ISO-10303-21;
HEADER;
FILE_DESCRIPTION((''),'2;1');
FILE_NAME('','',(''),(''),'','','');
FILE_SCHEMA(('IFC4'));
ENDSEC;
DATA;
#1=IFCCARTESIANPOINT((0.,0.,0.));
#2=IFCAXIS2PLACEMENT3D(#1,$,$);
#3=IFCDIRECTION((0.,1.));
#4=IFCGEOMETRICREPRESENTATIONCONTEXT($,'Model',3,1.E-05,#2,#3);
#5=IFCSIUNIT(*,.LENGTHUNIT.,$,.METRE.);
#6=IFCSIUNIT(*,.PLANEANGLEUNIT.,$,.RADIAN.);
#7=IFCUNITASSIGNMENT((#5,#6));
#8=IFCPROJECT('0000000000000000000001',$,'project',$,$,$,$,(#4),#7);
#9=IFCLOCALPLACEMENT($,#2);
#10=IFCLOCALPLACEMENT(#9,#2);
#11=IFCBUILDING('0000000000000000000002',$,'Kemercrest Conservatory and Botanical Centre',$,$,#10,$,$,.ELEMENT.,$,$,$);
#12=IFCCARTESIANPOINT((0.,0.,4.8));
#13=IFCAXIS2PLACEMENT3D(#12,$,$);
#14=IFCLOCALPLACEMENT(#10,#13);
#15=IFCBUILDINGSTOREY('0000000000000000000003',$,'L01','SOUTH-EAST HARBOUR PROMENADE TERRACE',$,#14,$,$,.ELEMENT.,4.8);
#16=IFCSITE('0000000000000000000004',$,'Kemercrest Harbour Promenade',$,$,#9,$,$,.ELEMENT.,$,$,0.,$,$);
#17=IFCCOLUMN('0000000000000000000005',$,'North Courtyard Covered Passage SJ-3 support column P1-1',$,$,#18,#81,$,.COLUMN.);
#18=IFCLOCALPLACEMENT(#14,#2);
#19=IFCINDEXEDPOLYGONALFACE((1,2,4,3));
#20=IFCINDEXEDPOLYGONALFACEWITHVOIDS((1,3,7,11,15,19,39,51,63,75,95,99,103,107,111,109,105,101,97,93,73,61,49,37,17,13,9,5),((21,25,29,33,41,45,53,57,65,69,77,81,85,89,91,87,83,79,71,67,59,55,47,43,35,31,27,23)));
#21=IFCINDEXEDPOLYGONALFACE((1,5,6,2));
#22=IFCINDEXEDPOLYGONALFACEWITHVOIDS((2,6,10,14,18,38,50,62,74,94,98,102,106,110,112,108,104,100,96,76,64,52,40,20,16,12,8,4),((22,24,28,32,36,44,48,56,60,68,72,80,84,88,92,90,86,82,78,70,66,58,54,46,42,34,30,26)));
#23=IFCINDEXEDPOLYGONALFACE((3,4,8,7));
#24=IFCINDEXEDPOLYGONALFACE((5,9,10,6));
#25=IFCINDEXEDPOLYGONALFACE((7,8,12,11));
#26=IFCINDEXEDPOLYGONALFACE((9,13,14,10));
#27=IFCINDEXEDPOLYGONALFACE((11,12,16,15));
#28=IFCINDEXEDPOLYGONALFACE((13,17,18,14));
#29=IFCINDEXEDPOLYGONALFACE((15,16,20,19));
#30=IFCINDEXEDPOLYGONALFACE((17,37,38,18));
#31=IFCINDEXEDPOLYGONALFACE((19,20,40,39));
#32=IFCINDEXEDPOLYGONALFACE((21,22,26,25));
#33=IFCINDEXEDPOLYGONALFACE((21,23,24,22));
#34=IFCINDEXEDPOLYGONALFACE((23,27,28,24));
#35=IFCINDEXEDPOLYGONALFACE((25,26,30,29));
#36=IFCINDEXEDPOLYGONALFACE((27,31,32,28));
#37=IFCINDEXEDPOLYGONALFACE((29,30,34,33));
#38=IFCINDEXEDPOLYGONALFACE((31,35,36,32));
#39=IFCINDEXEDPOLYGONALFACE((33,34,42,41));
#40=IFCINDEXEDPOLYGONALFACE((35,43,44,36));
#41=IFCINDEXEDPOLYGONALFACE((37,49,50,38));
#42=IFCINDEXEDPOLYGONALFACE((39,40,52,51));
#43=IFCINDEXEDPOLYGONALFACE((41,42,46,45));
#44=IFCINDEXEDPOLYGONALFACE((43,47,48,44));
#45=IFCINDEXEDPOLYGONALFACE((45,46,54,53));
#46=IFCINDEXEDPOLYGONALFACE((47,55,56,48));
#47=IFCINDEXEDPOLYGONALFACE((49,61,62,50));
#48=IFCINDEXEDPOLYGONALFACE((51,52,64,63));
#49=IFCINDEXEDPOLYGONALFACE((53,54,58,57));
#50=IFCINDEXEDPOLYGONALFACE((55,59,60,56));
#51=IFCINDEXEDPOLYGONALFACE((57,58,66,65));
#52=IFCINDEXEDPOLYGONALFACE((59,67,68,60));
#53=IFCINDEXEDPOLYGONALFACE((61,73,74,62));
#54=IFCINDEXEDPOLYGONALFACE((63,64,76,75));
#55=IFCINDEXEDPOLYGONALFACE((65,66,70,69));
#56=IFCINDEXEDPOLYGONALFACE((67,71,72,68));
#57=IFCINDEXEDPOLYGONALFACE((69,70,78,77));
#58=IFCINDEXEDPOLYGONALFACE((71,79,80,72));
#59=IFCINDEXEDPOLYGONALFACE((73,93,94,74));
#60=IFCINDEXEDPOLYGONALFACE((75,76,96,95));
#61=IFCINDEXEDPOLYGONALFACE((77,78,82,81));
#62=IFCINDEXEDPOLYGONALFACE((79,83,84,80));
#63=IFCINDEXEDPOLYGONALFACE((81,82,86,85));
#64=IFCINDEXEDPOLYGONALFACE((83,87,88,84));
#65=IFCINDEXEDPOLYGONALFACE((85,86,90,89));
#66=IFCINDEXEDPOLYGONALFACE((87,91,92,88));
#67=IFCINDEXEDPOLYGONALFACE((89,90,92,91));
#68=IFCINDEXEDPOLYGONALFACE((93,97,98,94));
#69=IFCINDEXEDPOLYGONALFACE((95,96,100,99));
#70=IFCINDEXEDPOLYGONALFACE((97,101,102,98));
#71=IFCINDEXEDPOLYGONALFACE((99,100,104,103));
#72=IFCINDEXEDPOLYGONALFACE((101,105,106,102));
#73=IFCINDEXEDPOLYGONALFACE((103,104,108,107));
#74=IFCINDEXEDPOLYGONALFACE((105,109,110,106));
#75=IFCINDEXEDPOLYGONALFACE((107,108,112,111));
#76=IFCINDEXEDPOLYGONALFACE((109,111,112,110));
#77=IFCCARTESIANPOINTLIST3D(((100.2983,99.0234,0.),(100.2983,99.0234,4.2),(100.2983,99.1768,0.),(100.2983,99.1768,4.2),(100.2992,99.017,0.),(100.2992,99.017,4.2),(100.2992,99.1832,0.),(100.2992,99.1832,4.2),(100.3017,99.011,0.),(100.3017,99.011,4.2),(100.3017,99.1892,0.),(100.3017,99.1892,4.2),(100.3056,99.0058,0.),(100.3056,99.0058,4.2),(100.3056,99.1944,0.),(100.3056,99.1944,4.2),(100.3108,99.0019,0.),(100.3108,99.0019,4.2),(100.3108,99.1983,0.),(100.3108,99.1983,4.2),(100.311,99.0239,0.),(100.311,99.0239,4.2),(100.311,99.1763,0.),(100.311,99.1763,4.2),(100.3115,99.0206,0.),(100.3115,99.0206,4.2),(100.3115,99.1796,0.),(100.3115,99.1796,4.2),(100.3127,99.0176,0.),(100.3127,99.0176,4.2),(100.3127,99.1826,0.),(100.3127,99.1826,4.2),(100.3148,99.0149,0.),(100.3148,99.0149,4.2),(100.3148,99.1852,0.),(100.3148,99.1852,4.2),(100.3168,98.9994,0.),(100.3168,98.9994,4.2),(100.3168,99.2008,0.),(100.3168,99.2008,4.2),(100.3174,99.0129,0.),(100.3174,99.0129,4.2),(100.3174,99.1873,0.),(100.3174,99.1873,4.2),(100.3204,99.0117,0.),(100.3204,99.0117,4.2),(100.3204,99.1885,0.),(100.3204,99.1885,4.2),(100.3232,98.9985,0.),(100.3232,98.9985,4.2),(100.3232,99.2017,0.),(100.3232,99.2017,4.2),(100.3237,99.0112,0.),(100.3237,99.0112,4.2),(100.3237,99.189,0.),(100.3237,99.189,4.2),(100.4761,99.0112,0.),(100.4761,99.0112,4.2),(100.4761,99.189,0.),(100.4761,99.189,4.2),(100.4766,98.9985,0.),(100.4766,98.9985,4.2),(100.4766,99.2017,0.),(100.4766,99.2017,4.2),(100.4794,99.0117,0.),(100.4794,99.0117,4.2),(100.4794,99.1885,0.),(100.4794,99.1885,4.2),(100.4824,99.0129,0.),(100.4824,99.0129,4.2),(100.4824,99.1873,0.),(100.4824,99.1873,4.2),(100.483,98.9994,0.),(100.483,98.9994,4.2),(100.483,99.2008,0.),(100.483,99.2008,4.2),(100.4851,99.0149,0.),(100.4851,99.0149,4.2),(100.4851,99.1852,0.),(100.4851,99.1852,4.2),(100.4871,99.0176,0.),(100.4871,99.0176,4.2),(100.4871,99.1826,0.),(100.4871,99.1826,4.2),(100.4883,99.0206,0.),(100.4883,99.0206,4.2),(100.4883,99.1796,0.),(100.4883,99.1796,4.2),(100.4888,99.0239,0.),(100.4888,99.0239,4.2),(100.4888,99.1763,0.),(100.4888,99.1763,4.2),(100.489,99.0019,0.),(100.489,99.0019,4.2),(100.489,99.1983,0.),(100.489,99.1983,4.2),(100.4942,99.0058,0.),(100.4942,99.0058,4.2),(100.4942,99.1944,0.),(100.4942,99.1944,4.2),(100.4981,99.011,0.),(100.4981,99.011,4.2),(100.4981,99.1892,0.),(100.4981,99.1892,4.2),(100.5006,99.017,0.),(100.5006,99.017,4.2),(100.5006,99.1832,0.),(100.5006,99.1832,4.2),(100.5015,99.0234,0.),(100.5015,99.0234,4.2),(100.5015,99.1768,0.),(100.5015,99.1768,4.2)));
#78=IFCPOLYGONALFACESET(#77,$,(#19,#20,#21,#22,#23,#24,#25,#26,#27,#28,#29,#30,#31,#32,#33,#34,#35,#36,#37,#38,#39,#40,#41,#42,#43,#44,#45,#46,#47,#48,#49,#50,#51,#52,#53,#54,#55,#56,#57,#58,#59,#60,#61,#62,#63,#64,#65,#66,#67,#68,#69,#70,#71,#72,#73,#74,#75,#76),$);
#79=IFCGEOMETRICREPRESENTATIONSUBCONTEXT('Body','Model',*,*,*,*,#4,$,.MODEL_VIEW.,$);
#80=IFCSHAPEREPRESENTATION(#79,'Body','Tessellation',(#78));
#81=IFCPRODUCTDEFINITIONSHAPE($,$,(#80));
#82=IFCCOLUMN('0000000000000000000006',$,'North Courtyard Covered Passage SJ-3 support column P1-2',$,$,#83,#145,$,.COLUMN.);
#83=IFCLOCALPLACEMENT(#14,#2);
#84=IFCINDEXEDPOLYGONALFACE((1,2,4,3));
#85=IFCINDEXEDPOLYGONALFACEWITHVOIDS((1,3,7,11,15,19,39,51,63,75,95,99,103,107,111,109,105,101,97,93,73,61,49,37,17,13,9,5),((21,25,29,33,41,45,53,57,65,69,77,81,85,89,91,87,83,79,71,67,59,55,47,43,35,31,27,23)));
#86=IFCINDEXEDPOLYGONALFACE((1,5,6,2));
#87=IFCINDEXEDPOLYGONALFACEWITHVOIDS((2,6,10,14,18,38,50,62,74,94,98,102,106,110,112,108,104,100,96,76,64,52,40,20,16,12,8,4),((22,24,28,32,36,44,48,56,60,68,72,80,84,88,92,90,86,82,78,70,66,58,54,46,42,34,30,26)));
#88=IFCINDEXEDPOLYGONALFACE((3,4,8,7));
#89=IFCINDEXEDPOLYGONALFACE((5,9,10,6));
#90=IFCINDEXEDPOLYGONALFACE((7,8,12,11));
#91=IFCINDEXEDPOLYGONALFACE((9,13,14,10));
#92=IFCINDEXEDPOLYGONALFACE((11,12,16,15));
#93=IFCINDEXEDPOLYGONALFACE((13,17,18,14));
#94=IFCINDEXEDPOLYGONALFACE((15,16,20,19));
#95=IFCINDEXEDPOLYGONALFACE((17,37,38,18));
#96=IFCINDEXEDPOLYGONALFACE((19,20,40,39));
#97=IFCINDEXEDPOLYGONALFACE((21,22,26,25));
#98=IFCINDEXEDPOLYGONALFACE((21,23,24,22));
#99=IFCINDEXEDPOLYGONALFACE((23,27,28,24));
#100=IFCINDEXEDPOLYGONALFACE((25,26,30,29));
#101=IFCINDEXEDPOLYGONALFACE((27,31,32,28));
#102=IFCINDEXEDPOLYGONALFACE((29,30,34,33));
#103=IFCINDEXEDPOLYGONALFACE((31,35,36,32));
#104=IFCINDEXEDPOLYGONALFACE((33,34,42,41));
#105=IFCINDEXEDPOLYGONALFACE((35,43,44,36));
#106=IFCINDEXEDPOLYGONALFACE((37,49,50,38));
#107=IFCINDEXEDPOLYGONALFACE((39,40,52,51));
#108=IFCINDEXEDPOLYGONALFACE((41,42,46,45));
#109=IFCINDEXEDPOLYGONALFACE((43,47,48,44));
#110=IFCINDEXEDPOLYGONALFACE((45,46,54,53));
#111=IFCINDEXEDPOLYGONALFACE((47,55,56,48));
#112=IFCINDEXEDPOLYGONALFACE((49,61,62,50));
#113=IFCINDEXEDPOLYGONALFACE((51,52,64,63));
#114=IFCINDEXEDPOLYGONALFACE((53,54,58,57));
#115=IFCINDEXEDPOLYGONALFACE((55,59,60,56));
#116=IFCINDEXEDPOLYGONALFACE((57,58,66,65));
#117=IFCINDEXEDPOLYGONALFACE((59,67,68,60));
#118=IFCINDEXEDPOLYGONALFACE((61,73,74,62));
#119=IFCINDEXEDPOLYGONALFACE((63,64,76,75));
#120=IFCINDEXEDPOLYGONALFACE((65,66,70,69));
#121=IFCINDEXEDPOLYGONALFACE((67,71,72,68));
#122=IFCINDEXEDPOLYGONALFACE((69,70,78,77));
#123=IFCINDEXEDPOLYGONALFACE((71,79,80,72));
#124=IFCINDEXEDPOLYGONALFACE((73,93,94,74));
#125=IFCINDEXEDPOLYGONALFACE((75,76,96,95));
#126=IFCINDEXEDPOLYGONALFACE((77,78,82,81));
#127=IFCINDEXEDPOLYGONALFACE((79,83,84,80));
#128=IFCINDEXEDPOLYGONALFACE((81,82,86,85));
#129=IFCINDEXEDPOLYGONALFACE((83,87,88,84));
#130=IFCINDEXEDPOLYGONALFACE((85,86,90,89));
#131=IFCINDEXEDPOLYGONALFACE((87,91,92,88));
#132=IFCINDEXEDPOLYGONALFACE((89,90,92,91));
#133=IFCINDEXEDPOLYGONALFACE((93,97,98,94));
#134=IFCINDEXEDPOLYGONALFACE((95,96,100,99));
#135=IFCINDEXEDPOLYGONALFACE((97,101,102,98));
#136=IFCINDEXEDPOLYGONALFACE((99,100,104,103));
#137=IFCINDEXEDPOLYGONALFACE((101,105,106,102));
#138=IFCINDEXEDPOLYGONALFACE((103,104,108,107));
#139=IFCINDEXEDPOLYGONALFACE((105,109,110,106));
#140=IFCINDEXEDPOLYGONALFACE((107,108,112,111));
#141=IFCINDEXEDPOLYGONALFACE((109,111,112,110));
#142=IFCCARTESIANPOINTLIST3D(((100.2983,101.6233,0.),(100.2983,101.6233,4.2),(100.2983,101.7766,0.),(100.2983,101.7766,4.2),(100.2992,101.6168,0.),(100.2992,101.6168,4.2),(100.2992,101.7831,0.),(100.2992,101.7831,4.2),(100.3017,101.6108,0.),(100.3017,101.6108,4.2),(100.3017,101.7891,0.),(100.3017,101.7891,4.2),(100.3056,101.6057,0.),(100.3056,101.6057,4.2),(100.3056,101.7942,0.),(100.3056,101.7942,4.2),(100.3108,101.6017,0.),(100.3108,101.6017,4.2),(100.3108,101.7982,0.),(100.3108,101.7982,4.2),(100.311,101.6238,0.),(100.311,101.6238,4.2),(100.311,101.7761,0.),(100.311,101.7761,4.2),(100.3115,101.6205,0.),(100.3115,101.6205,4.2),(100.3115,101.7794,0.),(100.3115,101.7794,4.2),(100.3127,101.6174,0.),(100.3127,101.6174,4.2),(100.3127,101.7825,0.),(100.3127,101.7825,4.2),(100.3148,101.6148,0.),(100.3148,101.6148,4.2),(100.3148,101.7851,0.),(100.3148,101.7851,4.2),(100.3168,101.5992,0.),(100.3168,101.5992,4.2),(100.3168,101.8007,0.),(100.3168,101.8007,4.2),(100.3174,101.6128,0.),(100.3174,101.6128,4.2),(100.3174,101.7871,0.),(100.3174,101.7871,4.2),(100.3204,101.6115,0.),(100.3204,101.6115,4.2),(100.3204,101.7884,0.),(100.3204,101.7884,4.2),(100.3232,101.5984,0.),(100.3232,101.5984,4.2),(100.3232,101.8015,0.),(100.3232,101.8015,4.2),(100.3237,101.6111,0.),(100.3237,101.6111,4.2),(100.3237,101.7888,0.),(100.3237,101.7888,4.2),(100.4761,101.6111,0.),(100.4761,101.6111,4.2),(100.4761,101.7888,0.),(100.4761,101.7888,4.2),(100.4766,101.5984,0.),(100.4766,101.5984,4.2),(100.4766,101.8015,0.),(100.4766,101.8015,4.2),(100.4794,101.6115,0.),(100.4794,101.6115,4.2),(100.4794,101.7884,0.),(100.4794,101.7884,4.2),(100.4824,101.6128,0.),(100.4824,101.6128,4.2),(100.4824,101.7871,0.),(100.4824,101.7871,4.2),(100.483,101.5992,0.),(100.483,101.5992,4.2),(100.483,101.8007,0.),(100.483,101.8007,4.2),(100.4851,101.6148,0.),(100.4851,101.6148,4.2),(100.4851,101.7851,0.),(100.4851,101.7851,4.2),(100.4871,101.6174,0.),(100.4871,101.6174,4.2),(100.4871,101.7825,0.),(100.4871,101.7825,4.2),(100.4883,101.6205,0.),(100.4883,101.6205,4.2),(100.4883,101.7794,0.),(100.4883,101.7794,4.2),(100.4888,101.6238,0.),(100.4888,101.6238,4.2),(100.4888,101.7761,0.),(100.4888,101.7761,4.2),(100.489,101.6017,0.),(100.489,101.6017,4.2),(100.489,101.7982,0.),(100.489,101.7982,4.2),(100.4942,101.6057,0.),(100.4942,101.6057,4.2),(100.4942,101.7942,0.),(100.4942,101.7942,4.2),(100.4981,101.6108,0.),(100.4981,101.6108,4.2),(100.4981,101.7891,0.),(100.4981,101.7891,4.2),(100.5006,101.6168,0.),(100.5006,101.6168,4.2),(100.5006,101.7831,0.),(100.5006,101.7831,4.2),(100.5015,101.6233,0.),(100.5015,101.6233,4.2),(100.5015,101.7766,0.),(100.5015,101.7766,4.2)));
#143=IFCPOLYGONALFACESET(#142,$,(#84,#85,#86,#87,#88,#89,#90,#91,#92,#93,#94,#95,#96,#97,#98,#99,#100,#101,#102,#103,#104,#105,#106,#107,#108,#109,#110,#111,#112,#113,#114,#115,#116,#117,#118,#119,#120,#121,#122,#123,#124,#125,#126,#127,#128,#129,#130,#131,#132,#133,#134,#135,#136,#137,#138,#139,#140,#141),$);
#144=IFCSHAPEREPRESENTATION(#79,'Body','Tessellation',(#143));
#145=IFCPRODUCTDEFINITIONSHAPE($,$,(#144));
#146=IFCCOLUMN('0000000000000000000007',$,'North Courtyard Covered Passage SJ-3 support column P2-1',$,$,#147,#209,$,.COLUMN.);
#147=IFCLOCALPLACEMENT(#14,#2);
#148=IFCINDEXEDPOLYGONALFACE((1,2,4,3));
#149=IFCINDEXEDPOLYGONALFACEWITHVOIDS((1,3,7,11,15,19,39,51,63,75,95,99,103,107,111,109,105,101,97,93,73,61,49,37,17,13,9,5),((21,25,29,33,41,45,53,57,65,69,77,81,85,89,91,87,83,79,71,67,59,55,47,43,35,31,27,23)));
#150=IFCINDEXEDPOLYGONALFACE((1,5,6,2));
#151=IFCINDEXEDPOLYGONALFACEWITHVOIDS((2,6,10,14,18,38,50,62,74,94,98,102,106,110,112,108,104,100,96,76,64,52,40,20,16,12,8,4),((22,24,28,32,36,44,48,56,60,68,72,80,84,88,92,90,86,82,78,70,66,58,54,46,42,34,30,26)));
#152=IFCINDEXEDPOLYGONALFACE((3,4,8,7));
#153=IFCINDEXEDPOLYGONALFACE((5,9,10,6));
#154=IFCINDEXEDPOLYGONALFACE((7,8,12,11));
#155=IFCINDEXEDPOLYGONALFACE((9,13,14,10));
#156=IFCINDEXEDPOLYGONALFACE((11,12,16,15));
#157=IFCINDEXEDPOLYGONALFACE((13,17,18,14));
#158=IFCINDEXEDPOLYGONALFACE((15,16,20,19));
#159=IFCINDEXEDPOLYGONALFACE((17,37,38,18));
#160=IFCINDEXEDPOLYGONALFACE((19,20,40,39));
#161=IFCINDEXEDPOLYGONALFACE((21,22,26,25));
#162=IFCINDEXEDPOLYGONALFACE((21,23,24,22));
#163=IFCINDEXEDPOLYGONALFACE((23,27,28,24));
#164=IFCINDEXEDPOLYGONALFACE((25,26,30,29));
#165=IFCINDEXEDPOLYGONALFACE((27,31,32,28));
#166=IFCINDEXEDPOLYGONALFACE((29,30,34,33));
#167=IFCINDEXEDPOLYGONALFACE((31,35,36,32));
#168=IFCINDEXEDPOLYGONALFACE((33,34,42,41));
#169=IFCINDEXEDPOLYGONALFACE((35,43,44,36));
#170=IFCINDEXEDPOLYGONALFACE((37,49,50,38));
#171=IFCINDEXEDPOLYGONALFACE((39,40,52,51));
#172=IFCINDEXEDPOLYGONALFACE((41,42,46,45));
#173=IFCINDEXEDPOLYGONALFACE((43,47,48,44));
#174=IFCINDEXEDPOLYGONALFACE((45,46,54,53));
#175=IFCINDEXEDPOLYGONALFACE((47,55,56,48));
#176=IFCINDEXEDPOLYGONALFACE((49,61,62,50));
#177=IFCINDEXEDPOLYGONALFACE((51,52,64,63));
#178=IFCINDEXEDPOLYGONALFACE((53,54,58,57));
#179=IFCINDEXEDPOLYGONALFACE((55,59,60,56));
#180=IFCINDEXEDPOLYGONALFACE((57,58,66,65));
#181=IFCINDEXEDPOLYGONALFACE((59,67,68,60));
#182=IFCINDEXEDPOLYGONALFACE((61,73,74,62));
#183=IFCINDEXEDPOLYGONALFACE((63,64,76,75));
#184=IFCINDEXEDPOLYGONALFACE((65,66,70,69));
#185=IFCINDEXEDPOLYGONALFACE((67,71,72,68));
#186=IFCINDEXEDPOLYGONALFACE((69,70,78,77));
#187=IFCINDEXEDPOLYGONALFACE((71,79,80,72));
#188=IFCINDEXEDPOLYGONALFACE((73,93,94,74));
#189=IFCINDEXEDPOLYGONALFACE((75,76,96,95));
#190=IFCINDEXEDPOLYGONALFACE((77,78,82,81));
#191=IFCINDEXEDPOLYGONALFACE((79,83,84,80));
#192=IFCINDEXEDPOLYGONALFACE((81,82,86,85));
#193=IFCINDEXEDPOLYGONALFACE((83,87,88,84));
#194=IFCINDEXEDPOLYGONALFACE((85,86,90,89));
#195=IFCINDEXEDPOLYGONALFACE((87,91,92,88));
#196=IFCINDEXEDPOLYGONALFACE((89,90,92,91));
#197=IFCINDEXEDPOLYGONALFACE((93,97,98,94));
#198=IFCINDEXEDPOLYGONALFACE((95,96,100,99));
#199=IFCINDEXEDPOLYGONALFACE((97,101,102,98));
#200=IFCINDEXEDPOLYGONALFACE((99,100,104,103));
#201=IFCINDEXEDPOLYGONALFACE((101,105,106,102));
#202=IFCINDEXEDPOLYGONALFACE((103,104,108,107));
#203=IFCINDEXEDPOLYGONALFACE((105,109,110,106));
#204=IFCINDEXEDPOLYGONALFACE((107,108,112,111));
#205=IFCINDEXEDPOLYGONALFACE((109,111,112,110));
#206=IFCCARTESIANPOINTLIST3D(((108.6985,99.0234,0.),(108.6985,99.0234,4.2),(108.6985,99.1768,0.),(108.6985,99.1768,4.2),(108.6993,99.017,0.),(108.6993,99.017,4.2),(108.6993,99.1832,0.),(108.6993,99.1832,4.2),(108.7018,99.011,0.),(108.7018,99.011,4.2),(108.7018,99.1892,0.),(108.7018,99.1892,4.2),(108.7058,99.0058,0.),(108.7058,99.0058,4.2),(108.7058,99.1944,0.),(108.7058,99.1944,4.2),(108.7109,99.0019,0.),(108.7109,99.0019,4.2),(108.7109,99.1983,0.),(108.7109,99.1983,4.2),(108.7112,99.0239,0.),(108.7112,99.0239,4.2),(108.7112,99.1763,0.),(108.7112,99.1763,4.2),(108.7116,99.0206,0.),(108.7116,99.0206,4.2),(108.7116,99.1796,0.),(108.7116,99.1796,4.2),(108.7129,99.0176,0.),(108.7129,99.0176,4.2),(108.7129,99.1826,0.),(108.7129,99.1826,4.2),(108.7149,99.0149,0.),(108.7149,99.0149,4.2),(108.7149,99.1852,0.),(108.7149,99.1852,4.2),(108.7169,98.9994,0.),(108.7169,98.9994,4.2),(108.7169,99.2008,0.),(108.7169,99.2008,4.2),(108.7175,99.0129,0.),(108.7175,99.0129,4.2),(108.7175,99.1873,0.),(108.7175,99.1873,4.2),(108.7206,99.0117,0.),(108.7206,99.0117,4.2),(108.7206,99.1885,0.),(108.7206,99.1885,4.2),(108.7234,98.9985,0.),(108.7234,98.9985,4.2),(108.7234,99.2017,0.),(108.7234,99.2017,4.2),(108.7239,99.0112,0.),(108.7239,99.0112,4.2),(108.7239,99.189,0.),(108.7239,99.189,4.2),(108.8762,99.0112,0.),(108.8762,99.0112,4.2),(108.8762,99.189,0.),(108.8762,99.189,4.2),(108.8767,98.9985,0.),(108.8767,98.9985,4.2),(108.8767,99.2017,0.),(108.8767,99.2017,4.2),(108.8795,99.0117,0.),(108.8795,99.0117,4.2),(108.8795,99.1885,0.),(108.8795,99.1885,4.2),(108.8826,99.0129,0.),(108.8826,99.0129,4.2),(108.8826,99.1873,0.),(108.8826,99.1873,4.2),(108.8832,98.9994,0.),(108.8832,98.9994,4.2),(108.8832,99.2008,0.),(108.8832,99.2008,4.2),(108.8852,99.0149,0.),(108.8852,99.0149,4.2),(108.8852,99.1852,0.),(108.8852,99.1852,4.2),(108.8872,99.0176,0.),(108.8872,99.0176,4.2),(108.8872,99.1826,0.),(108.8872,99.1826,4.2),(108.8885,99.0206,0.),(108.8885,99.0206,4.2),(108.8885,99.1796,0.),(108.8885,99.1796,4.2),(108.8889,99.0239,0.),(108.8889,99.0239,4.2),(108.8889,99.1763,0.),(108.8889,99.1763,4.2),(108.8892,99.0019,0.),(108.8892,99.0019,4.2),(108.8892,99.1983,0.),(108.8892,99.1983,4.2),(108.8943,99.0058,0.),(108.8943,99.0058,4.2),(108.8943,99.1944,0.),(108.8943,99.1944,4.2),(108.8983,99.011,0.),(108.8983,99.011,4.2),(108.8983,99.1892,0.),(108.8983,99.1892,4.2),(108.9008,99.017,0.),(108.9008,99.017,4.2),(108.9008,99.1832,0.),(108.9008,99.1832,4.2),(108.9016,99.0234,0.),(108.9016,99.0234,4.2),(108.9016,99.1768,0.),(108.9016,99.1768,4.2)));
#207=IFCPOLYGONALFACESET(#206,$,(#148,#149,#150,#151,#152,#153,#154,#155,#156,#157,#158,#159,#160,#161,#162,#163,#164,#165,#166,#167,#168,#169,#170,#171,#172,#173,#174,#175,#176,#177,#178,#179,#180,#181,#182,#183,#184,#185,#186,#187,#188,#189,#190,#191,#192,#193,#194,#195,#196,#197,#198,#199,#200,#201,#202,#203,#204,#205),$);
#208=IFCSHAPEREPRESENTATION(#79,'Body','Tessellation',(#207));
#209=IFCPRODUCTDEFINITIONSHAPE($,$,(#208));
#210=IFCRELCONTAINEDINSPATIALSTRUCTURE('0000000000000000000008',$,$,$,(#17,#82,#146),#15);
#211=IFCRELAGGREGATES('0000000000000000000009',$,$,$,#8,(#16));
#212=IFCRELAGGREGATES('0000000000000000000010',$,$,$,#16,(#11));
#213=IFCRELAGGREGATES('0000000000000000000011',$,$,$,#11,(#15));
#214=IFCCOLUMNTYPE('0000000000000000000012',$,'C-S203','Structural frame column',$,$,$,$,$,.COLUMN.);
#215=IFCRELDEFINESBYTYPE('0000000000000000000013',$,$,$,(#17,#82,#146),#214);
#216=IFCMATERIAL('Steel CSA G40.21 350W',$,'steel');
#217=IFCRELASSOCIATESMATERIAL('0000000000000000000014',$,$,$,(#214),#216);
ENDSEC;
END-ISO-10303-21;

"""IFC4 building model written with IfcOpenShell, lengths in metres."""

from ifc_helpers import new_model, si_unit, direction, frame, origin, origin_2d, place, context, subcontext, project, spatial, hollow_rectangle, extrude, material, material_profile, profile_set, type_object, element, save


model = new_model("IFC4")

# Units and contexts
model_context = context("Model", 3, precision=1e-05, world=origin(), true_north=direction((0.0, 1.0)))
body_context = subcontext(model_context, "Body", "Model", "MODEL_VIEW")
ifc_project = project(units=[si_unit("LENGTHUNIT", "METRE"), si_unit("PLANEANGLEUNIT", "RADIAN")], contexts=[model_context])

# Site, building, storey
site_placement = place(None, origin())
site = spatial("IfcSite", under=ifc_project, at=site_placement, Name="Kemercrest Harbour Promenade", CompositionType="ELEMENT", RefElevation=0.0)
building_placement = place(site_placement, origin())
building = spatial("IfcBuilding", under=site, at=building_placement, Name="Kemercrest Conservatory and Botanical Centre", CompositionType="ELEMENT")
storey_placement = place(building_placement, frame((0.0, 0.0, 4.8)))
storey = spatial("IfcBuildingStorey", under=building, at=storey_placement, Name="L01", Description="SOUTH-EAST HARBOUR PROMENADE TERRACE", CompositionType="ELEMENT", Elevation=4.8)

# Columns
ifc_material_1 = material(Name="Steel CSA G40.21 350W", Category="steel")
ifc_material_profile_1 = material_profile(ifc_material_1, hollow_rectangle(XDim=0.2031, YDim=0.2031, WallThickness=0.0127, InnerFilletRadius=0.0127, OuterFilletRadius=0.0249, at=origin_2d()), Name="HSS 203x203x12.7")
ifc_profile_set_1 = profile_set([ifc_material_profile_1], Name="Steel CSA G40.21 350W")
column_type_1 = type_object("IfcColumnType", Name="C-S203", Description="Structural frame column", PredefinedType="COLUMN", material=ifc_profile_set_1)
for number, where, z_axis, x_axis, name in (
    (1, (100.3999, 99.1001, 0.0), (0.0, 0.0, 1.0), (1.0, 0.0, 0.0), "North Courtyard Covered Passage SJ-3 support column P1-1"),
    (2, (100.3999, 101.7, 0.0), (0.0, 0.0, 1.0), (1.0, 0.0, 0.0), "North Courtyard Covered Passage SJ-3 support column P1-2"),
    (3, (108.8, 99.1001, 0.0), (0.0, 0.0, 1.0), (1.0, 0.0, 0.0), "North Courtyard Covered Passage SJ-3 support column P2-1"),
):
    element("IfcColumn", number, at=place(storey_placement, frame(where, z_axis=z_axis, x_axis=x_axis)), inside=storey, type_object=column_type_1, Name=name, PredefinedType="COLUMN", context=body_context, shape_type="SweptSolid", body=[
        extrude(hollow_rectangle(XDim=0.2031, YDim=0.2031, WallThickness=0.0127, InnerFilletRadius=0.0127, OuterFilletRadius=0.0249, at=origin_2d()), origin(), (0.0, 0.0, 1.0), 4.2),
    ])

save(model, "model.ifc")
